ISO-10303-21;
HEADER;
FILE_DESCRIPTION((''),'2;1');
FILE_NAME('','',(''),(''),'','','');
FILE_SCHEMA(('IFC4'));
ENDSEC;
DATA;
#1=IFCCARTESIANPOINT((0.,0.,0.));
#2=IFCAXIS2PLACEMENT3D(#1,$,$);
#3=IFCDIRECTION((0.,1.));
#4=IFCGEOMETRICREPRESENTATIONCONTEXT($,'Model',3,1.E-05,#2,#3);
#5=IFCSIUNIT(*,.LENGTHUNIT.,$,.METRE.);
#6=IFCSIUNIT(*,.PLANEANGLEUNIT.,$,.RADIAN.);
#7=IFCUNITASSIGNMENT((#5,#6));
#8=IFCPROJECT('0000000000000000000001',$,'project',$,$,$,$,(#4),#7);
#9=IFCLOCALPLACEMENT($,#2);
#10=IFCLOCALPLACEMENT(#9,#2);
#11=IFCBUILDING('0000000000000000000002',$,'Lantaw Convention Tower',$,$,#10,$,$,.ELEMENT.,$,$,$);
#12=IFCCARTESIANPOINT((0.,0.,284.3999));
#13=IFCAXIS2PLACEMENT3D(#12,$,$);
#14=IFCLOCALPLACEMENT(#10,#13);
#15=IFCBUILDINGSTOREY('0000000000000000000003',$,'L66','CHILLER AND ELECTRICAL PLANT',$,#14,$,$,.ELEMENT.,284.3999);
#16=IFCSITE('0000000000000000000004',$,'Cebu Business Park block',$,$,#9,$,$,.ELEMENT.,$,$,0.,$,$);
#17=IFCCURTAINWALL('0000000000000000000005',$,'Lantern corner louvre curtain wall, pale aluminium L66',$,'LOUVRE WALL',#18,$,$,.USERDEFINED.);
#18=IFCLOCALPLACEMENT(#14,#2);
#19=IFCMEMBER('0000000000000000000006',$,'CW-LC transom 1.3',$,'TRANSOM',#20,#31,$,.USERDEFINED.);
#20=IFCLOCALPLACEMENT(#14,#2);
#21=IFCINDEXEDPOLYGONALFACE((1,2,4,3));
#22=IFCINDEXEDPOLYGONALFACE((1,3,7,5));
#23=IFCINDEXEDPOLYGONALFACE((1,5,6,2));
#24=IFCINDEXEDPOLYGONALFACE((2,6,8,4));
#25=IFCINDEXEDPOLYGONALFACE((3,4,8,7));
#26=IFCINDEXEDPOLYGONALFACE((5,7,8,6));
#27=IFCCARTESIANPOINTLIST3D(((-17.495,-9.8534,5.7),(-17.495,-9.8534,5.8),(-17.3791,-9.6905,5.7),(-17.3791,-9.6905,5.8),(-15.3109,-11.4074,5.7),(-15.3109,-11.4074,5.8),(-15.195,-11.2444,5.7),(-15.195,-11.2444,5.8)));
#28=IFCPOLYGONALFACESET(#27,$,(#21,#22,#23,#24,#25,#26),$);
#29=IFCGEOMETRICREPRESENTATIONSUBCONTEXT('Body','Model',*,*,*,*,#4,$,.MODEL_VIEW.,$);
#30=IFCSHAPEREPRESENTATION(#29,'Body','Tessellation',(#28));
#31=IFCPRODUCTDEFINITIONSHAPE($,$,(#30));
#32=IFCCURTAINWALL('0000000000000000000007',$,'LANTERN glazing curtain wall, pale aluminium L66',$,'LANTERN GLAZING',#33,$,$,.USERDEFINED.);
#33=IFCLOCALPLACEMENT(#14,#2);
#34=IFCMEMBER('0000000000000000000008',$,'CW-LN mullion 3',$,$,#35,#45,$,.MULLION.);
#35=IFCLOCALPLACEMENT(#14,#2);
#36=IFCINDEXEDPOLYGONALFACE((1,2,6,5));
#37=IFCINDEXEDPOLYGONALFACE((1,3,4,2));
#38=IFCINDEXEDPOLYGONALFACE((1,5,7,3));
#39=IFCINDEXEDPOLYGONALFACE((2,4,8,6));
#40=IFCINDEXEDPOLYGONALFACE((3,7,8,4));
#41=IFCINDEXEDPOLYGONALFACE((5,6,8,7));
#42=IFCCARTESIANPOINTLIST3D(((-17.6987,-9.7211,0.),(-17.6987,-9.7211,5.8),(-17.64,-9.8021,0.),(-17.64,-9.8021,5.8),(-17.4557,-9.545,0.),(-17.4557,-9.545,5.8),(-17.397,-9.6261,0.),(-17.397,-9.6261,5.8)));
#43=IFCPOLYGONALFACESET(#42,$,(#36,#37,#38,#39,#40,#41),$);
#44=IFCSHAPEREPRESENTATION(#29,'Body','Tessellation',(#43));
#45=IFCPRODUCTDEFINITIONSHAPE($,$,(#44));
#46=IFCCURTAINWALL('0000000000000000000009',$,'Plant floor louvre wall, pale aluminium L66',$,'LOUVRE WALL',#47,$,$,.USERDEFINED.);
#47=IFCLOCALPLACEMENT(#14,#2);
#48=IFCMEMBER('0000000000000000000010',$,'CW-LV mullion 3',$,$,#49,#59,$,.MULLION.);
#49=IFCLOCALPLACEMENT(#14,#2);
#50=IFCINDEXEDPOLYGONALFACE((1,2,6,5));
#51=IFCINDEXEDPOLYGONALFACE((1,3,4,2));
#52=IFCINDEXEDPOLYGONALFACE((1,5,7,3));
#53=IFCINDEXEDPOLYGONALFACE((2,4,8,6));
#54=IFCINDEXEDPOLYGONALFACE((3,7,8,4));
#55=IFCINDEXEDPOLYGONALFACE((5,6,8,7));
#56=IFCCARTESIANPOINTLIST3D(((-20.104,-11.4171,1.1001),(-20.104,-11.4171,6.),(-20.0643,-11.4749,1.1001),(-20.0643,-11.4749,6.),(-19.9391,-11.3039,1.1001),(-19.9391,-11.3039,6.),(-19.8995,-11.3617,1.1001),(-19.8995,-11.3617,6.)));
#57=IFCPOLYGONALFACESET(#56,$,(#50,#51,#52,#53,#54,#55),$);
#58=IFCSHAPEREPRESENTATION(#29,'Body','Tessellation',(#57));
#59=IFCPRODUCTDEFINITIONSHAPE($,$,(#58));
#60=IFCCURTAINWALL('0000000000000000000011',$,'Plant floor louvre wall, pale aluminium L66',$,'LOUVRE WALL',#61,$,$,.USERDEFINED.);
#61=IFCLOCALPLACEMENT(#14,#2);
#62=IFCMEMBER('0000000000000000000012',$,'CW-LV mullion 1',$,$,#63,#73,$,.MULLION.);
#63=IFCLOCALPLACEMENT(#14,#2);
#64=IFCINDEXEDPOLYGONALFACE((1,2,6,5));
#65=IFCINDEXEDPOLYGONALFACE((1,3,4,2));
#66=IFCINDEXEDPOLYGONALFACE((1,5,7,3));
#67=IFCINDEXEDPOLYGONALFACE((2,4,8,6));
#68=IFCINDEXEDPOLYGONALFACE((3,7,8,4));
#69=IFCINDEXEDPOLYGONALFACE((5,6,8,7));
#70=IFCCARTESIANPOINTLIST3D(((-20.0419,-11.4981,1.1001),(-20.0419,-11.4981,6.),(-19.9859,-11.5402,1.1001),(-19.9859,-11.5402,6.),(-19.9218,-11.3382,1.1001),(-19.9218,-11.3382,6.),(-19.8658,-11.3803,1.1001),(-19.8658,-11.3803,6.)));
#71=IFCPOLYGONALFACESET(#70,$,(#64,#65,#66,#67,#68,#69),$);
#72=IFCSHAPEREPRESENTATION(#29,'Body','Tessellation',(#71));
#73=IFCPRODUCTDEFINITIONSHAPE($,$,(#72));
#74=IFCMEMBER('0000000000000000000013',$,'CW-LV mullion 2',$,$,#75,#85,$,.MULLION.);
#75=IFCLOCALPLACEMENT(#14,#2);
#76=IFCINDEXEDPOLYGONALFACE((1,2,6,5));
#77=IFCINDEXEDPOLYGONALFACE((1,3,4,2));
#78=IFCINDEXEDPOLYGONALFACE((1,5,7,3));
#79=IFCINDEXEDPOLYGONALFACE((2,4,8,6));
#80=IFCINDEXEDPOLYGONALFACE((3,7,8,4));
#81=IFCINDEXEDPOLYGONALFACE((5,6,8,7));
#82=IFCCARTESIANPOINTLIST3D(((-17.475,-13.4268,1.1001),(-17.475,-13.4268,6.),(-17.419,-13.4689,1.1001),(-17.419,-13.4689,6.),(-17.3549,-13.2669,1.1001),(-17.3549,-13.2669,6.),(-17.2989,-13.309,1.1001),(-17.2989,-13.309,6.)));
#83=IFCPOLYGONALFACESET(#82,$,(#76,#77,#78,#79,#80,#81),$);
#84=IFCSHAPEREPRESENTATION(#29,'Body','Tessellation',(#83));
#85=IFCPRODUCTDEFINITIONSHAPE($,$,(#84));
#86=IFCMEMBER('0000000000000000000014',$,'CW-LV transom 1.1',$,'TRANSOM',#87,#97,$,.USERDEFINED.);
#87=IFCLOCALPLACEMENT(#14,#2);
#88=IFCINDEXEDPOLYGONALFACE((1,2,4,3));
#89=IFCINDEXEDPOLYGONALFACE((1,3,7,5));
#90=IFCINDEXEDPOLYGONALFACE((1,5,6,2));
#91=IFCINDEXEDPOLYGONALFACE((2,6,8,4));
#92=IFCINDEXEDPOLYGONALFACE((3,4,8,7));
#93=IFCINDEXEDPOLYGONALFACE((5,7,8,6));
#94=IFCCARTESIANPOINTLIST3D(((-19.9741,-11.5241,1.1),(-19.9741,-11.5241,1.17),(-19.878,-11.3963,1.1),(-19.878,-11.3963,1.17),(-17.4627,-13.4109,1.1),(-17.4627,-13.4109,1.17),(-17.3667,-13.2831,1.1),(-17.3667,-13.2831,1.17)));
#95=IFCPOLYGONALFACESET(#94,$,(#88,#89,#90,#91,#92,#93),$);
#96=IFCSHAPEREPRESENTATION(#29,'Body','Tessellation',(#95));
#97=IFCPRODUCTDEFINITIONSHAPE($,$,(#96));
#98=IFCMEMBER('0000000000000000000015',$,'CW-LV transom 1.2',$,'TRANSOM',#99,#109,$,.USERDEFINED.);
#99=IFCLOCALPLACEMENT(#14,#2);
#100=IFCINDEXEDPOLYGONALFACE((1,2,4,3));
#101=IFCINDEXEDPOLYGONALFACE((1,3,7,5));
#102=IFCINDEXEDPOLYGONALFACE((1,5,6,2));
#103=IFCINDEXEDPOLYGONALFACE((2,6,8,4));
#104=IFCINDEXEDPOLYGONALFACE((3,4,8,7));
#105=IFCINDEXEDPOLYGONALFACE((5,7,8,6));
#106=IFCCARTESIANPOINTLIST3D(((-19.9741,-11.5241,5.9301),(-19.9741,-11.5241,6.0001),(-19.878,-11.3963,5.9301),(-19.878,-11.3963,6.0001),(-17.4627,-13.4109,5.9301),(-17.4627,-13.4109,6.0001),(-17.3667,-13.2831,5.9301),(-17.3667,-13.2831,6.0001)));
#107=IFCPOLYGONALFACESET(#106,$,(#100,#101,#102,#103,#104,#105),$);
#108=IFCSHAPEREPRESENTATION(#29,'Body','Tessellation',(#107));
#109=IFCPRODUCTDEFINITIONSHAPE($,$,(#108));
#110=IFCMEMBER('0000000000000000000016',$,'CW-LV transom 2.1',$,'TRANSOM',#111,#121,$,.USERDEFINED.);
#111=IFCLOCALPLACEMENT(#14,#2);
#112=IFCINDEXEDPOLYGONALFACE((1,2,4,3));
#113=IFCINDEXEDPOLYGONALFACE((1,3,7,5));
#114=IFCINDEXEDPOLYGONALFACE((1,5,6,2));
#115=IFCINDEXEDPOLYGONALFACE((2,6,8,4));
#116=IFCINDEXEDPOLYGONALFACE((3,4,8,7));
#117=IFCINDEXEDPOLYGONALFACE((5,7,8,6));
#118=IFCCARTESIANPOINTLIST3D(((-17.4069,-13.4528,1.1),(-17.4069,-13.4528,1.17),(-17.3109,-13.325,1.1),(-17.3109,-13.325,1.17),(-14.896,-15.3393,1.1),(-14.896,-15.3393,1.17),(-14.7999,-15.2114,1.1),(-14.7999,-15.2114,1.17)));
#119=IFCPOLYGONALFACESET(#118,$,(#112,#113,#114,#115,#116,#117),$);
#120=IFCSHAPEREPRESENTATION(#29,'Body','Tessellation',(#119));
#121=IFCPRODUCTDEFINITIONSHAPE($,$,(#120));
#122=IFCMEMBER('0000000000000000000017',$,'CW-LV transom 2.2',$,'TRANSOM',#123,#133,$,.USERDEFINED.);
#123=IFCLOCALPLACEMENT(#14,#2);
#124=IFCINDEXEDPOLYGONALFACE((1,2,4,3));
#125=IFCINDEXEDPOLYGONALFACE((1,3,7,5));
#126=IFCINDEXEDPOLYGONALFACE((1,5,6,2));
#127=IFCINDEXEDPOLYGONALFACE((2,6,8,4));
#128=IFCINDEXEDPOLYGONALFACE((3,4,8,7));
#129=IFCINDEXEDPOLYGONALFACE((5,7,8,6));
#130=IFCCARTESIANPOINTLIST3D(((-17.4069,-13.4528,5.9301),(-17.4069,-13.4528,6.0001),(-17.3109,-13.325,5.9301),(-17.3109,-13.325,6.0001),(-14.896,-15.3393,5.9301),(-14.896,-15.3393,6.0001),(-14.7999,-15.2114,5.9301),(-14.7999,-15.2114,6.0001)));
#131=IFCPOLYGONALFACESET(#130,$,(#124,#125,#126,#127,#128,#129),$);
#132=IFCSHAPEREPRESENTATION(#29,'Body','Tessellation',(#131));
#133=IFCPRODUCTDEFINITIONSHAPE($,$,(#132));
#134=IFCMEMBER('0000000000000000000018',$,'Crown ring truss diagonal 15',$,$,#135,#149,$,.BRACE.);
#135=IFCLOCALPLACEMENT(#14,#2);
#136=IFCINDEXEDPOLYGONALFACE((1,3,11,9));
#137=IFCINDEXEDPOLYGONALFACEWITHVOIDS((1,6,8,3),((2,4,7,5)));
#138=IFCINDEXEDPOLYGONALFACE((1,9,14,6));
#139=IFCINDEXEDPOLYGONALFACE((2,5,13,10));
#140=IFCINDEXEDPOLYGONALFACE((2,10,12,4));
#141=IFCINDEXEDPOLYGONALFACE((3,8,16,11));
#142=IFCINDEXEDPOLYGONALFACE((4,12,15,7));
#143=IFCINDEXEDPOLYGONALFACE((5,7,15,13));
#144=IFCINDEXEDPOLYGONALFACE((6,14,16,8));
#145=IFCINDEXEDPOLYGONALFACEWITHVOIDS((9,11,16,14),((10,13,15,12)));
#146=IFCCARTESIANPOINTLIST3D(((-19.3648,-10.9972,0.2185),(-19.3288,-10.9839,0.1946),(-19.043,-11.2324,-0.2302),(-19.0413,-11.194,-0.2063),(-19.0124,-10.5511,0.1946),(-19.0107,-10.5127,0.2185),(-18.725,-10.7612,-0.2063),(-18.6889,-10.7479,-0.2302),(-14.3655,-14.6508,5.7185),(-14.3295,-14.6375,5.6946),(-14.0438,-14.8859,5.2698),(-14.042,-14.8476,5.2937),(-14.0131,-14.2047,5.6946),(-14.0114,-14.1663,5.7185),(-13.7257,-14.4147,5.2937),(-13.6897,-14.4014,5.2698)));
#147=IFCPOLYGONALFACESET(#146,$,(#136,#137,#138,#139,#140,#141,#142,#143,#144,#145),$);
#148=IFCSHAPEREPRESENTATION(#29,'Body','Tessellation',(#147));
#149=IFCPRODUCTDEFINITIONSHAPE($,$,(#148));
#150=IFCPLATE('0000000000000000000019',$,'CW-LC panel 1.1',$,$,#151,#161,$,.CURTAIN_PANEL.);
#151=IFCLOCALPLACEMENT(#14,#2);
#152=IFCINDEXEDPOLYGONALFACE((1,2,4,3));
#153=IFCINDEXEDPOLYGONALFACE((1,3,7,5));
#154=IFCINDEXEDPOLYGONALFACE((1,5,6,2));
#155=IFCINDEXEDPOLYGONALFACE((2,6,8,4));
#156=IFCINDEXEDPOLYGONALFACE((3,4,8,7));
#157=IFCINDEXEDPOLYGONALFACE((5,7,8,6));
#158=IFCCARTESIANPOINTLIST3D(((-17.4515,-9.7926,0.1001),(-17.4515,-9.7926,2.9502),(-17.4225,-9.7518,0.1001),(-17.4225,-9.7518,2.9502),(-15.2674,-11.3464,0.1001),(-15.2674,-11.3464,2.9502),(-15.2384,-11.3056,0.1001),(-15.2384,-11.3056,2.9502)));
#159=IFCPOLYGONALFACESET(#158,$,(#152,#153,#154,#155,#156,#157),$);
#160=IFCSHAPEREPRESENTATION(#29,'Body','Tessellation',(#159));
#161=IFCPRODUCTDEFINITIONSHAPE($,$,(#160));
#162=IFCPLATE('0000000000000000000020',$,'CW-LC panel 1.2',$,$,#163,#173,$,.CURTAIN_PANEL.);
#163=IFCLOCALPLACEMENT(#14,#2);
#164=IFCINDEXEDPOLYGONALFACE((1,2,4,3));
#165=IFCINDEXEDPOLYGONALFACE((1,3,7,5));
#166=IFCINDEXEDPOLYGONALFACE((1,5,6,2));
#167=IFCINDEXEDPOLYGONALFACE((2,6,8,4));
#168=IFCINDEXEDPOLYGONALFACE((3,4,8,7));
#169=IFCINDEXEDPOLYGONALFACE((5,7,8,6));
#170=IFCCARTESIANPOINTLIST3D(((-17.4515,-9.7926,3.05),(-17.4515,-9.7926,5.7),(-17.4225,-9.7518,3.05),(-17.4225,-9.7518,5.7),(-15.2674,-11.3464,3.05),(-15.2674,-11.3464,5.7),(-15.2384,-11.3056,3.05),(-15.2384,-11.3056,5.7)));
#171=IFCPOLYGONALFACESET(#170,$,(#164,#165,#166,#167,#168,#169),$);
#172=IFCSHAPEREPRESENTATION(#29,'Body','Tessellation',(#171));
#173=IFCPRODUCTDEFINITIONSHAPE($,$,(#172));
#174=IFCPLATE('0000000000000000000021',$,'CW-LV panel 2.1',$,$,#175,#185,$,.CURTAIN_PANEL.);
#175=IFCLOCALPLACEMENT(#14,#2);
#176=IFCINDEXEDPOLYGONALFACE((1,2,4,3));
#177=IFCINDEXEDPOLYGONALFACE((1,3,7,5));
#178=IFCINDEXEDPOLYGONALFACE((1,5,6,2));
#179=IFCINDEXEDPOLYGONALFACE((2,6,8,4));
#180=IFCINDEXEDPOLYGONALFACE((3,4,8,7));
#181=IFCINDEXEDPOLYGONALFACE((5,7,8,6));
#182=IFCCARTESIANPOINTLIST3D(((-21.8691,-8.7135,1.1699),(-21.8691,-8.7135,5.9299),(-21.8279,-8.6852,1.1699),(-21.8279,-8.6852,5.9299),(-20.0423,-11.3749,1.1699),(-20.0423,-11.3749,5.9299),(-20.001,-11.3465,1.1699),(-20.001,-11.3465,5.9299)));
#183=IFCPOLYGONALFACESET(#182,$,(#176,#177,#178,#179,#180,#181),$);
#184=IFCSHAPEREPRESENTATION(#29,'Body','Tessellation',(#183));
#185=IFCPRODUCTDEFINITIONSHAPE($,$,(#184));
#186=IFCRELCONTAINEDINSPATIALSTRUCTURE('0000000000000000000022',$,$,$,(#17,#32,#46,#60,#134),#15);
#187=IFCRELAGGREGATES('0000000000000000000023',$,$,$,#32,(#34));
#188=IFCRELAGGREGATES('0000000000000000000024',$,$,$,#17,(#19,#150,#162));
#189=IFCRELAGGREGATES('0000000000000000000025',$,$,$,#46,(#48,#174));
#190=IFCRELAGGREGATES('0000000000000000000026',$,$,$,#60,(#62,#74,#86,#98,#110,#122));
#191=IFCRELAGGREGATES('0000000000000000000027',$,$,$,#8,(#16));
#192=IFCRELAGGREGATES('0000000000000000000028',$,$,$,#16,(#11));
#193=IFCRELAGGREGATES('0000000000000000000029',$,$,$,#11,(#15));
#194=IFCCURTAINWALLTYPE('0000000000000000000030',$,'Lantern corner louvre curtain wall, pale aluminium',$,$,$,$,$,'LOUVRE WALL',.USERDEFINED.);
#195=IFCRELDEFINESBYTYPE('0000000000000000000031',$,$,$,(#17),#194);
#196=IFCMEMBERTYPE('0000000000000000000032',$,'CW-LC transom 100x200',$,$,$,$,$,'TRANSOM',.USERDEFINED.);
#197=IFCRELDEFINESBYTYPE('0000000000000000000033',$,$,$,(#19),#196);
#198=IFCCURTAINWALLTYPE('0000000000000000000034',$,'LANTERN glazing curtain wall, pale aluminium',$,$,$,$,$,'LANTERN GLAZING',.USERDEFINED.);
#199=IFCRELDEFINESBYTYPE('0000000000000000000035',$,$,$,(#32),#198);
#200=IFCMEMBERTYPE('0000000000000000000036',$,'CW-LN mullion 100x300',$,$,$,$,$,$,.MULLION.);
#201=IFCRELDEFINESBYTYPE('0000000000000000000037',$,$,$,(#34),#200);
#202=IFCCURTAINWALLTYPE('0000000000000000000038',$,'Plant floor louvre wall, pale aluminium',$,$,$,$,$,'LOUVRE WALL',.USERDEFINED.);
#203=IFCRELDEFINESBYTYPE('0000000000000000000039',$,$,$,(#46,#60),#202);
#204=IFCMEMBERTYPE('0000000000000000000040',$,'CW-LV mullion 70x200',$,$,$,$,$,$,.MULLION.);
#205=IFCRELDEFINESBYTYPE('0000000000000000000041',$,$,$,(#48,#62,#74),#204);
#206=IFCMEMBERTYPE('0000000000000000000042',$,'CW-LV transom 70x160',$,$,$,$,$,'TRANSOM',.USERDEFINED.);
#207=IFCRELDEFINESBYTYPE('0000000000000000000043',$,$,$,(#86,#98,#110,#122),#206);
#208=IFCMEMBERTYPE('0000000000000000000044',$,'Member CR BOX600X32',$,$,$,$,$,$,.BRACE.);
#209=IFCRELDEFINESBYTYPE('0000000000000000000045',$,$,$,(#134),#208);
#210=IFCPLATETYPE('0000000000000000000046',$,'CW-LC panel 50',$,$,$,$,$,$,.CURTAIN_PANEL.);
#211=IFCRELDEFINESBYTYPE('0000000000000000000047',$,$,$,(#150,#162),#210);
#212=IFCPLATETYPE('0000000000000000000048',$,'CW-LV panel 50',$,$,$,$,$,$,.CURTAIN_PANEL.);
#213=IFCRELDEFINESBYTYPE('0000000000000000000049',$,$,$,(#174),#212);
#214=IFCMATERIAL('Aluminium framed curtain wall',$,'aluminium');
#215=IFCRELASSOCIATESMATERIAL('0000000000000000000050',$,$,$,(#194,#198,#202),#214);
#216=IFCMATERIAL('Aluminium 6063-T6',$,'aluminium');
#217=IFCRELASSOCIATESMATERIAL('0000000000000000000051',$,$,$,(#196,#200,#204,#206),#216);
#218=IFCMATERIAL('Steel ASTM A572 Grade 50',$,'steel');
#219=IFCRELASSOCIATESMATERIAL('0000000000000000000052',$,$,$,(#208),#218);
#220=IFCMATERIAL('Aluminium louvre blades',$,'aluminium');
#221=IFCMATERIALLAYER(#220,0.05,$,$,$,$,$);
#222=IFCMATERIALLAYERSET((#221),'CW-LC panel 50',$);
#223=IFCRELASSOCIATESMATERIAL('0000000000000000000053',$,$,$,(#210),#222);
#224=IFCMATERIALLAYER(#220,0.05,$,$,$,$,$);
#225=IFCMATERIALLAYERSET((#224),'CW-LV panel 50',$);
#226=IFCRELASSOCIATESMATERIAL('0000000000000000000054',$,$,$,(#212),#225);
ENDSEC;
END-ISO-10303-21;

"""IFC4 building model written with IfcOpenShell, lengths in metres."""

from ifc_helpers import new_model, si_unit, direction, frame, origin, origin_2d, place, context, subcontext, project, spatial, rectangle, hollow_rectangle, extrude, material, layer, layer_set, material_profile, profile_set, type_object, element, aggregate, save


model = new_model("IFC4")

# Units and contexts
model_context = context("Model", 3, precision=1e-05, world=origin(), true_north=direction((0.0, 1.0)))
body_context = subcontext(model_context, "Body", "Model", "MODEL_VIEW")
ifc_project = project(units=[si_unit("LENGTHUNIT", "METRE"), si_unit("PLANEANGLEUNIT", "RADIAN")], contexts=[model_context])

# Site, building, storey
site_placement = place(None, origin())
site = spatial("IfcSite", under=ifc_project, at=site_placement, Name="Cebu Business Park block", CompositionType="ELEMENT", RefElevation=0.0)
building_placement = place(site_placement, origin())
building = spatial("IfcBuilding", under=site, at=building_placement, Name="Lantaw Convention Tower", CompositionType="ELEMENT")
storey_placement = place(building_placement, frame((0.0, 0.0, 284.3999)))
storey = spatial("IfcBuildingStorey", under=building, at=storey_placement, Name="L66", Description="CHILLER AND ELECTRICAL PLANT", CompositionType="ELEMENT", Elevation=284.3999)

# Curtain wall, member
ifc_material_1 = material(Name="Aluminium framed curtain wall", Category="aluminium")
curtain_wall_type_1 = type_object("IfcCurtainWallType", Name="Lantern corner louvre curtain wall, pale aluminium", ElementType="LOUVRE WALL", PredefinedType="USERDEFINED", material=ifc_material_1)
curtain_wall_1_placement = place(storey_placement, origin())
curtain_wall_1 = element("IfcCurtainWall", 1, at=curtain_wall_1_placement, inside=storey, type_object=curtain_wall_type_1, Name="Lantern corner louvre curtain wall, pale aluminium L66", ObjectType="LOUVRE WALL", PredefinedType="USERDEFINED")
ifc_material_2 = material(Name="Aluminium 6063-T6", Category="aluminium")
ifc_material_profile_1 = material_profile(ifc_material_2, rectangle(XDim=0.2, YDim=0.1001, at=origin_2d()), Name="CW-LC transom 100x200")
ifc_profile_set_1 = profile_set([ifc_material_profile_1], Name="Aluminium 6063-T6")
member_type_1 = type_object("IfcMemberType", Name="CW-LC transom 100x200", ElementType="TRANSOM", PredefinedType="USERDEFINED", material=ifc_profile_set_1)
member_1_placement = place(storey_placement, frame((-17.437, -9.772, 5.75), z_axis=(0.814809, -0.579729, 0.0), x_axis=(0.579729, 0.814809, 0.0)))
member_1 = element("IfcMember", 2, at=member_1_placement, type_object=member_type_1, Name="CW-LC transom 1.3", ObjectType="TRANSOM", PredefinedType="USERDEFINED", context=body_context, shape_type="SweptSolid", body=[
    extrude(rectangle(XDim=0.2, YDim=0.1001, at=origin_2d()), origin(), (0.0, 0.0, 1.0), 2.6804),
])

# Curtain walls, members
curtain_wall_type_2 = type_object("IfcCurtainWallType", Name="LANTERN glazing curtain wall, pale aluminium", ElementType="LANTERN GLAZING", PredefinedType="USERDEFINED", material=ifc_material_1)
curtain_wall_2_placement = place(storey_placement, origin())
curtain_wall_2 = element("IfcCurtainWall", 3, at=curtain_wall_2_placement, inside=storey, type_object=curtain_wall_type_2, Name="LANTERN glazing curtain wall, pale aluminium L66", ObjectType="LANTERN GLAZING", PredefinedType="USERDEFINED")
ifc_material_profile_2 = material_profile(ifc_material_2, rectangle(XDim=0.3, YDim=0.1001, at=origin_2d()), Name="CW-LN mullion 100x300")
ifc_profile_set_2 = profile_set([ifc_material_profile_2], Name="Aluminium 6063-T6")
member_type_2 = type_object("IfcMemberType", Name="CW-LN mullion 100x300", PredefinedType="MULLION", material=ifc_profile_set_2)
member_2_placement = place(storey_placement, frame((-17.5479, -9.6736, 0.0), z_axis=(0.0, 0.0, 1.0), x_axis=(0.809742, 0.586786, 0.0)))
member_2 = element("IfcMember", 4, at=member_2_placement, type_object=member_type_2, Name="CW-LN mullion 3", PredefinedType="MULLION", context=body_context, shape_type="SweptSolid", body=[
    extrude(rectangle(XDim=0.3, YDim=0.1001, at=origin_2d()), origin(), (0.0, 0.0, 1.0), 5.8),
])
aggregate(curtain_wall_2, [member_2])
curtain_wall_type_3 = type_object("IfcCurtainWallType", Name="Plant floor louvre wall, pale aluminium", ElementType="LOUVRE WALL", PredefinedType="USERDEFINED", material=ifc_material_1)
curtain_wall_3_placement = place(storey_placement, origin())
curtain_wall_3 = element("IfcCurtainWall", 5, at=curtain_wall_3_placement, inside=storey, type_object=curtain_wall_type_3, Name="Plant floor louvre wall, pale aluminium L66", ObjectType="LOUVRE WALL", PredefinedType="USERDEFINED")
ifc_material_profile_3 = material_profile(ifc_material_2, rectangle(XDim=0.2, YDim=0.0701, at=origin_2d()), Name="CW-LV mullion 70x200")
ifc_profile_set_3 = profile_set([ifc_material_profile_3], Name="Aluminium 6063-T6")
member_type_3 = type_object("IfcMemberType", Name="CW-LV mullion 70x200", PredefinedType="MULLION", material=ifc_profile_set_3)
member_3_placement = place(storey_placement, frame((-20.0017, -11.3894, 1.1001), z_axis=(0.0, 0.0, 1.0), x_axis=(0.82445, 0.565935, 0.0)))
member_3 = element("IfcMember", 6, at=member_3_placement, type_object=member_type_3, Name="CW-LV mullion 3", PredefinedType="MULLION", context=body_context, shape_type="SweptSolid", body=[
    extrude(rectangle(XDim=0.2, YDim=0.0701, at=origin_2d()), origin(), (0.0, 0.0, 1.0), 4.8999),
])

# Curtain wall, members
curtain_wall_4_placement = place(storey_placement, origin())
curtain_wall_4 = element("IfcCurtainWall", 7, at=curtain_wall_4_placement, inside=storey, type_object=curtain_wall_type_3, Name="Plant floor louvre wall, pale aluminium L66", ObjectType="LOUVRE WALL", PredefinedType="USERDEFINED")
member_4_placement = place(storey_placement, frame((-19.9539, -11.4392, 1.1001), z_axis=(0.0, 0.0, 1.0), x_axis=(0.600643, 0.799518, 0.0)))
member_4 = element("IfcMember", 8, at=member_4_placement, type_object=member_type_3, Name="CW-LV mullion 1", PredefinedType="MULLION", context=body_context, shape_type="SweptSolid", body=[
    extrude(rectangle(XDim=0.2, YDim=0.0701, at=origin_2d()), origin(), (0.0, 0.0, 1.0), 4.8999),
])
member_5_placement = place(storey_placement, frame((-17.387, -13.3679, 1.1001), z_axis=(0.0, 0.0, 1.0), x_axis=(0.600643, 0.799518, 0.0)))
member_5 = element("IfcMember", 9, at=member_5_placement, type_object=member_type_3, Name="CW-LV mullion 2", PredefinedType="MULLION", context=body_context, shape_type="SweptSolid", body=[
    extrude(rectangle(XDim=0.2, YDim=0.0701, at=origin_2d()), origin(), (0.0, 0.0, 1.0), 4.8999),
])
ifc_material_profile_4 = material_profile(ifc_material_2, rectangle(XDim=0.1599, YDim=0.0701, at=origin_2d()), Name="CW-LV transom 70x160")
ifc_profile_set_4 = profile_set([ifc_material_profile_4], Name="Aluminium 6063-T6")
member_type_4 = type_object("IfcMemberType", Name="CW-LV transom 70x160", ElementType="TRANSOM", PredefinedType="USERDEFINED", material=ifc_profile_set_4)
member_6_placement = place(storey_placement, frame((-19.926, -11.4602, 1.135), z_axis=(0.799496, -0.600671, 0.0), x_axis=(0.600671, 0.799496, 0.0)))
member_6 = element("IfcMember", 10, at=member_6_placement, type_object=member_type_4, Name="CW-LV transom 1.1", ObjectType="TRANSOM", PredefinedType="USERDEFINED", context=body_context, shape_type="SweptSolid", body=[
    extrude(rectangle(XDim=0.1599, YDim=0.0701, at=origin_2d()), origin(), (0.0, 0.0, 1.0), 3.1411),
])
member_7_placement = place(storey_placement, frame((-19.926, -11.4602, 5.9651), z_axis=(0.799496, -0.600671, 0.0), x_axis=(0.600671, 0.799496, 0.0)))
member_7 = element("IfcMember", 11, at=member_7_placement, type_object=member_type_4, Name="CW-LV transom 1.2", ObjectType="TRANSOM", PredefinedType="USERDEFINED", context=body_context, shape_type="SweptSolid", body=[
    extrude(rectangle(XDim=0.1599, YDim=0.0701, at=origin_2d()), origin(), (0.0, 0.0, 1.0), 3.1411),
])
member_8_placement = place(storey_placement, frame((-17.3589, -13.3889, 1.135), z_axis=(0.799505, -0.600659, 0.0), x_axis=(0.600659, 0.799505, 0.0)))
member_8 = element("IfcMember", 12, at=member_8_placement, type_object=member_type_4, Name="CW-LV transom 2.1", ObjectType="TRANSOM", PredefinedType="USERDEFINED", context=body_context, shape_type="SweptSolid", body=[
    extrude(rectangle(XDim=0.1599, YDim=0.0701, at=origin_2d()), origin(), (0.0, 0.0, 1.0), 3.1406),
])
member_9_placement = place(storey_placement, frame((-17.3589, -13.3889, 5.9651), z_axis=(0.799505, -0.600659, 0.0), x_axis=(0.600659, 0.799505, 0.0)))
member_9 = element("IfcMember", 13, at=member_9_placement, type_object=member_type_4, Name="CW-LV transom 2.2", ObjectType="TRANSOM", PredefinedType="USERDEFINED", context=body_context, shape_type="SweptSolid", body=[
    extrude(rectangle(XDim=0.1599, YDim=0.0701, at=origin_2d()), origin(), (0.0, 0.0, 1.0), 3.1406),
])

# Member
ifc_material_3 = material(Name="Steel ASTM A572 Grade 50", Category="steel")
ifc_material_profile_5 = material_profile(ifc_material_3, hollow_rectangle(XDim=0.6001, YDim=0.6001, WallThickness=0.032, at=origin_2d()), Name="BOX600X32")
ifc_profile_set_5 = profile_set([ifc_material_profile_5], Name="Steel ASTM A572 Grade 50")
member_type_5 = type_object("IfcMemberType", Name="Member CR BOX600X32", PredefinedType="BRACE", material=ifc_profile_set_5)
member_10_placement = place(storey_placement, frame((-19.0269, -10.8726, -0.0059), z_axis=(0.603632, -0.441146, 0.664092), x_axis=(0.590043, 0.807372, 0.0)))
element("IfcMember", 14, at=member_10_placement, inside=storey, type_object=member_type_5, Name="Crown ring truss diagonal 15", PredefinedType="BRACE", context=body_context, shape_type="SweptSolid", body=[
    extrude(hollow_rectangle(XDim=0.6001, YDim=0.6001, WallThickness=0.032, at=origin_2d()), origin(), (0.0, 0.0, 1.0), 8.282),
])

# Plates
ifc_material_4 = material(Name="Aluminium louvre blades", Category="aluminium")
ifc_layer_1 = layer(ifc_material_4, 0.05)
ifc_layer_set_1 = layer_set([ifc_layer_1], Name="CW-LC panel 50")
plate_type_1 = type_object("IfcPlateType", Name="CW-LC panel 50", PredefinedType="CURTAIN_PANEL", material=ifc_layer_set_1)
plate_1_placement = place(storey_placement, frame((-16.345, -10.5491, 0.1001), z_axis=(0.0, 0.0, 1.0), x_axis=(0.814841, -0.579684, 0.0)))
plate_1 = element("IfcPlate", 15, at=plate_1_placement, type_object=plate_type_1, Name="CW-LC panel 1.1", PredefinedType="CURTAIN_PANEL", context=body_context, shape_type="SweptSolid", body=[
    extrude(rectangle(XDim=2.6804, YDim=0.05, at=origin_2d()), origin(), (0.0, 0.0, 1.0), 2.8501),
])
plate_2_placement = place(storey_placement, frame((-16.345, -10.5491, 3.05), z_axis=(0.0, 0.0, 1.0), x_axis=(0.814841, -0.579684, 0.0)))
plate_2 = element("IfcPlate", 16, at=plate_2_placement, type_object=plate_type_1, Name="CW-LC panel 1.2", PredefinedType="CURTAIN_PANEL", context=body_context, shape_type="SweptSolid", body=[
    extrude(rectangle(XDim=2.6804, YDim=0.05, at=origin_2d()), origin(), (0.0, 0.0, 1.0), 2.6499),
])
aggregate(curtain_wall_1, [member_1, plate_1, plate_2])
ifc_layer_2 = layer(ifc_material_4, 0.05)
ifc_layer_set_2 = layer_set([ifc_layer_2], Name="CW-LV panel 50")
plate_type_2 = type_object("IfcPlateType", Name="CW-LV panel 50", PredefinedType="CURTAIN_PANEL", material=ifc_layer_set_2)
plate_3_placement = place(storey_placement, frame((-20.9351, -10.03, 1.1699), z_axis=(0.0, 0.0, 1.0), x_axis=(0.565935, -0.82445, 0.0)))
plate_3 = element("IfcPlate", 17, at=plate_3_placement, type_object=plate_type_2, Name="CW-LV panel 2.1", PredefinedType="CURTAIN_PANEL", context=body_context, shape_type="SweptSolid", body=[
    extrude(rectangle(XDim=3.228, YDim=0.05, at=origin_2d()), origin(), (0.0, 0.0, 1.0), 4.76),
])
aggregate(curtain_wall_3, [member_3, plate_3])
aggregate(curtain_wall_4, [member_4, member_5, member_6, member_7, member_8, member_9])

save(model, "model.ifc")
